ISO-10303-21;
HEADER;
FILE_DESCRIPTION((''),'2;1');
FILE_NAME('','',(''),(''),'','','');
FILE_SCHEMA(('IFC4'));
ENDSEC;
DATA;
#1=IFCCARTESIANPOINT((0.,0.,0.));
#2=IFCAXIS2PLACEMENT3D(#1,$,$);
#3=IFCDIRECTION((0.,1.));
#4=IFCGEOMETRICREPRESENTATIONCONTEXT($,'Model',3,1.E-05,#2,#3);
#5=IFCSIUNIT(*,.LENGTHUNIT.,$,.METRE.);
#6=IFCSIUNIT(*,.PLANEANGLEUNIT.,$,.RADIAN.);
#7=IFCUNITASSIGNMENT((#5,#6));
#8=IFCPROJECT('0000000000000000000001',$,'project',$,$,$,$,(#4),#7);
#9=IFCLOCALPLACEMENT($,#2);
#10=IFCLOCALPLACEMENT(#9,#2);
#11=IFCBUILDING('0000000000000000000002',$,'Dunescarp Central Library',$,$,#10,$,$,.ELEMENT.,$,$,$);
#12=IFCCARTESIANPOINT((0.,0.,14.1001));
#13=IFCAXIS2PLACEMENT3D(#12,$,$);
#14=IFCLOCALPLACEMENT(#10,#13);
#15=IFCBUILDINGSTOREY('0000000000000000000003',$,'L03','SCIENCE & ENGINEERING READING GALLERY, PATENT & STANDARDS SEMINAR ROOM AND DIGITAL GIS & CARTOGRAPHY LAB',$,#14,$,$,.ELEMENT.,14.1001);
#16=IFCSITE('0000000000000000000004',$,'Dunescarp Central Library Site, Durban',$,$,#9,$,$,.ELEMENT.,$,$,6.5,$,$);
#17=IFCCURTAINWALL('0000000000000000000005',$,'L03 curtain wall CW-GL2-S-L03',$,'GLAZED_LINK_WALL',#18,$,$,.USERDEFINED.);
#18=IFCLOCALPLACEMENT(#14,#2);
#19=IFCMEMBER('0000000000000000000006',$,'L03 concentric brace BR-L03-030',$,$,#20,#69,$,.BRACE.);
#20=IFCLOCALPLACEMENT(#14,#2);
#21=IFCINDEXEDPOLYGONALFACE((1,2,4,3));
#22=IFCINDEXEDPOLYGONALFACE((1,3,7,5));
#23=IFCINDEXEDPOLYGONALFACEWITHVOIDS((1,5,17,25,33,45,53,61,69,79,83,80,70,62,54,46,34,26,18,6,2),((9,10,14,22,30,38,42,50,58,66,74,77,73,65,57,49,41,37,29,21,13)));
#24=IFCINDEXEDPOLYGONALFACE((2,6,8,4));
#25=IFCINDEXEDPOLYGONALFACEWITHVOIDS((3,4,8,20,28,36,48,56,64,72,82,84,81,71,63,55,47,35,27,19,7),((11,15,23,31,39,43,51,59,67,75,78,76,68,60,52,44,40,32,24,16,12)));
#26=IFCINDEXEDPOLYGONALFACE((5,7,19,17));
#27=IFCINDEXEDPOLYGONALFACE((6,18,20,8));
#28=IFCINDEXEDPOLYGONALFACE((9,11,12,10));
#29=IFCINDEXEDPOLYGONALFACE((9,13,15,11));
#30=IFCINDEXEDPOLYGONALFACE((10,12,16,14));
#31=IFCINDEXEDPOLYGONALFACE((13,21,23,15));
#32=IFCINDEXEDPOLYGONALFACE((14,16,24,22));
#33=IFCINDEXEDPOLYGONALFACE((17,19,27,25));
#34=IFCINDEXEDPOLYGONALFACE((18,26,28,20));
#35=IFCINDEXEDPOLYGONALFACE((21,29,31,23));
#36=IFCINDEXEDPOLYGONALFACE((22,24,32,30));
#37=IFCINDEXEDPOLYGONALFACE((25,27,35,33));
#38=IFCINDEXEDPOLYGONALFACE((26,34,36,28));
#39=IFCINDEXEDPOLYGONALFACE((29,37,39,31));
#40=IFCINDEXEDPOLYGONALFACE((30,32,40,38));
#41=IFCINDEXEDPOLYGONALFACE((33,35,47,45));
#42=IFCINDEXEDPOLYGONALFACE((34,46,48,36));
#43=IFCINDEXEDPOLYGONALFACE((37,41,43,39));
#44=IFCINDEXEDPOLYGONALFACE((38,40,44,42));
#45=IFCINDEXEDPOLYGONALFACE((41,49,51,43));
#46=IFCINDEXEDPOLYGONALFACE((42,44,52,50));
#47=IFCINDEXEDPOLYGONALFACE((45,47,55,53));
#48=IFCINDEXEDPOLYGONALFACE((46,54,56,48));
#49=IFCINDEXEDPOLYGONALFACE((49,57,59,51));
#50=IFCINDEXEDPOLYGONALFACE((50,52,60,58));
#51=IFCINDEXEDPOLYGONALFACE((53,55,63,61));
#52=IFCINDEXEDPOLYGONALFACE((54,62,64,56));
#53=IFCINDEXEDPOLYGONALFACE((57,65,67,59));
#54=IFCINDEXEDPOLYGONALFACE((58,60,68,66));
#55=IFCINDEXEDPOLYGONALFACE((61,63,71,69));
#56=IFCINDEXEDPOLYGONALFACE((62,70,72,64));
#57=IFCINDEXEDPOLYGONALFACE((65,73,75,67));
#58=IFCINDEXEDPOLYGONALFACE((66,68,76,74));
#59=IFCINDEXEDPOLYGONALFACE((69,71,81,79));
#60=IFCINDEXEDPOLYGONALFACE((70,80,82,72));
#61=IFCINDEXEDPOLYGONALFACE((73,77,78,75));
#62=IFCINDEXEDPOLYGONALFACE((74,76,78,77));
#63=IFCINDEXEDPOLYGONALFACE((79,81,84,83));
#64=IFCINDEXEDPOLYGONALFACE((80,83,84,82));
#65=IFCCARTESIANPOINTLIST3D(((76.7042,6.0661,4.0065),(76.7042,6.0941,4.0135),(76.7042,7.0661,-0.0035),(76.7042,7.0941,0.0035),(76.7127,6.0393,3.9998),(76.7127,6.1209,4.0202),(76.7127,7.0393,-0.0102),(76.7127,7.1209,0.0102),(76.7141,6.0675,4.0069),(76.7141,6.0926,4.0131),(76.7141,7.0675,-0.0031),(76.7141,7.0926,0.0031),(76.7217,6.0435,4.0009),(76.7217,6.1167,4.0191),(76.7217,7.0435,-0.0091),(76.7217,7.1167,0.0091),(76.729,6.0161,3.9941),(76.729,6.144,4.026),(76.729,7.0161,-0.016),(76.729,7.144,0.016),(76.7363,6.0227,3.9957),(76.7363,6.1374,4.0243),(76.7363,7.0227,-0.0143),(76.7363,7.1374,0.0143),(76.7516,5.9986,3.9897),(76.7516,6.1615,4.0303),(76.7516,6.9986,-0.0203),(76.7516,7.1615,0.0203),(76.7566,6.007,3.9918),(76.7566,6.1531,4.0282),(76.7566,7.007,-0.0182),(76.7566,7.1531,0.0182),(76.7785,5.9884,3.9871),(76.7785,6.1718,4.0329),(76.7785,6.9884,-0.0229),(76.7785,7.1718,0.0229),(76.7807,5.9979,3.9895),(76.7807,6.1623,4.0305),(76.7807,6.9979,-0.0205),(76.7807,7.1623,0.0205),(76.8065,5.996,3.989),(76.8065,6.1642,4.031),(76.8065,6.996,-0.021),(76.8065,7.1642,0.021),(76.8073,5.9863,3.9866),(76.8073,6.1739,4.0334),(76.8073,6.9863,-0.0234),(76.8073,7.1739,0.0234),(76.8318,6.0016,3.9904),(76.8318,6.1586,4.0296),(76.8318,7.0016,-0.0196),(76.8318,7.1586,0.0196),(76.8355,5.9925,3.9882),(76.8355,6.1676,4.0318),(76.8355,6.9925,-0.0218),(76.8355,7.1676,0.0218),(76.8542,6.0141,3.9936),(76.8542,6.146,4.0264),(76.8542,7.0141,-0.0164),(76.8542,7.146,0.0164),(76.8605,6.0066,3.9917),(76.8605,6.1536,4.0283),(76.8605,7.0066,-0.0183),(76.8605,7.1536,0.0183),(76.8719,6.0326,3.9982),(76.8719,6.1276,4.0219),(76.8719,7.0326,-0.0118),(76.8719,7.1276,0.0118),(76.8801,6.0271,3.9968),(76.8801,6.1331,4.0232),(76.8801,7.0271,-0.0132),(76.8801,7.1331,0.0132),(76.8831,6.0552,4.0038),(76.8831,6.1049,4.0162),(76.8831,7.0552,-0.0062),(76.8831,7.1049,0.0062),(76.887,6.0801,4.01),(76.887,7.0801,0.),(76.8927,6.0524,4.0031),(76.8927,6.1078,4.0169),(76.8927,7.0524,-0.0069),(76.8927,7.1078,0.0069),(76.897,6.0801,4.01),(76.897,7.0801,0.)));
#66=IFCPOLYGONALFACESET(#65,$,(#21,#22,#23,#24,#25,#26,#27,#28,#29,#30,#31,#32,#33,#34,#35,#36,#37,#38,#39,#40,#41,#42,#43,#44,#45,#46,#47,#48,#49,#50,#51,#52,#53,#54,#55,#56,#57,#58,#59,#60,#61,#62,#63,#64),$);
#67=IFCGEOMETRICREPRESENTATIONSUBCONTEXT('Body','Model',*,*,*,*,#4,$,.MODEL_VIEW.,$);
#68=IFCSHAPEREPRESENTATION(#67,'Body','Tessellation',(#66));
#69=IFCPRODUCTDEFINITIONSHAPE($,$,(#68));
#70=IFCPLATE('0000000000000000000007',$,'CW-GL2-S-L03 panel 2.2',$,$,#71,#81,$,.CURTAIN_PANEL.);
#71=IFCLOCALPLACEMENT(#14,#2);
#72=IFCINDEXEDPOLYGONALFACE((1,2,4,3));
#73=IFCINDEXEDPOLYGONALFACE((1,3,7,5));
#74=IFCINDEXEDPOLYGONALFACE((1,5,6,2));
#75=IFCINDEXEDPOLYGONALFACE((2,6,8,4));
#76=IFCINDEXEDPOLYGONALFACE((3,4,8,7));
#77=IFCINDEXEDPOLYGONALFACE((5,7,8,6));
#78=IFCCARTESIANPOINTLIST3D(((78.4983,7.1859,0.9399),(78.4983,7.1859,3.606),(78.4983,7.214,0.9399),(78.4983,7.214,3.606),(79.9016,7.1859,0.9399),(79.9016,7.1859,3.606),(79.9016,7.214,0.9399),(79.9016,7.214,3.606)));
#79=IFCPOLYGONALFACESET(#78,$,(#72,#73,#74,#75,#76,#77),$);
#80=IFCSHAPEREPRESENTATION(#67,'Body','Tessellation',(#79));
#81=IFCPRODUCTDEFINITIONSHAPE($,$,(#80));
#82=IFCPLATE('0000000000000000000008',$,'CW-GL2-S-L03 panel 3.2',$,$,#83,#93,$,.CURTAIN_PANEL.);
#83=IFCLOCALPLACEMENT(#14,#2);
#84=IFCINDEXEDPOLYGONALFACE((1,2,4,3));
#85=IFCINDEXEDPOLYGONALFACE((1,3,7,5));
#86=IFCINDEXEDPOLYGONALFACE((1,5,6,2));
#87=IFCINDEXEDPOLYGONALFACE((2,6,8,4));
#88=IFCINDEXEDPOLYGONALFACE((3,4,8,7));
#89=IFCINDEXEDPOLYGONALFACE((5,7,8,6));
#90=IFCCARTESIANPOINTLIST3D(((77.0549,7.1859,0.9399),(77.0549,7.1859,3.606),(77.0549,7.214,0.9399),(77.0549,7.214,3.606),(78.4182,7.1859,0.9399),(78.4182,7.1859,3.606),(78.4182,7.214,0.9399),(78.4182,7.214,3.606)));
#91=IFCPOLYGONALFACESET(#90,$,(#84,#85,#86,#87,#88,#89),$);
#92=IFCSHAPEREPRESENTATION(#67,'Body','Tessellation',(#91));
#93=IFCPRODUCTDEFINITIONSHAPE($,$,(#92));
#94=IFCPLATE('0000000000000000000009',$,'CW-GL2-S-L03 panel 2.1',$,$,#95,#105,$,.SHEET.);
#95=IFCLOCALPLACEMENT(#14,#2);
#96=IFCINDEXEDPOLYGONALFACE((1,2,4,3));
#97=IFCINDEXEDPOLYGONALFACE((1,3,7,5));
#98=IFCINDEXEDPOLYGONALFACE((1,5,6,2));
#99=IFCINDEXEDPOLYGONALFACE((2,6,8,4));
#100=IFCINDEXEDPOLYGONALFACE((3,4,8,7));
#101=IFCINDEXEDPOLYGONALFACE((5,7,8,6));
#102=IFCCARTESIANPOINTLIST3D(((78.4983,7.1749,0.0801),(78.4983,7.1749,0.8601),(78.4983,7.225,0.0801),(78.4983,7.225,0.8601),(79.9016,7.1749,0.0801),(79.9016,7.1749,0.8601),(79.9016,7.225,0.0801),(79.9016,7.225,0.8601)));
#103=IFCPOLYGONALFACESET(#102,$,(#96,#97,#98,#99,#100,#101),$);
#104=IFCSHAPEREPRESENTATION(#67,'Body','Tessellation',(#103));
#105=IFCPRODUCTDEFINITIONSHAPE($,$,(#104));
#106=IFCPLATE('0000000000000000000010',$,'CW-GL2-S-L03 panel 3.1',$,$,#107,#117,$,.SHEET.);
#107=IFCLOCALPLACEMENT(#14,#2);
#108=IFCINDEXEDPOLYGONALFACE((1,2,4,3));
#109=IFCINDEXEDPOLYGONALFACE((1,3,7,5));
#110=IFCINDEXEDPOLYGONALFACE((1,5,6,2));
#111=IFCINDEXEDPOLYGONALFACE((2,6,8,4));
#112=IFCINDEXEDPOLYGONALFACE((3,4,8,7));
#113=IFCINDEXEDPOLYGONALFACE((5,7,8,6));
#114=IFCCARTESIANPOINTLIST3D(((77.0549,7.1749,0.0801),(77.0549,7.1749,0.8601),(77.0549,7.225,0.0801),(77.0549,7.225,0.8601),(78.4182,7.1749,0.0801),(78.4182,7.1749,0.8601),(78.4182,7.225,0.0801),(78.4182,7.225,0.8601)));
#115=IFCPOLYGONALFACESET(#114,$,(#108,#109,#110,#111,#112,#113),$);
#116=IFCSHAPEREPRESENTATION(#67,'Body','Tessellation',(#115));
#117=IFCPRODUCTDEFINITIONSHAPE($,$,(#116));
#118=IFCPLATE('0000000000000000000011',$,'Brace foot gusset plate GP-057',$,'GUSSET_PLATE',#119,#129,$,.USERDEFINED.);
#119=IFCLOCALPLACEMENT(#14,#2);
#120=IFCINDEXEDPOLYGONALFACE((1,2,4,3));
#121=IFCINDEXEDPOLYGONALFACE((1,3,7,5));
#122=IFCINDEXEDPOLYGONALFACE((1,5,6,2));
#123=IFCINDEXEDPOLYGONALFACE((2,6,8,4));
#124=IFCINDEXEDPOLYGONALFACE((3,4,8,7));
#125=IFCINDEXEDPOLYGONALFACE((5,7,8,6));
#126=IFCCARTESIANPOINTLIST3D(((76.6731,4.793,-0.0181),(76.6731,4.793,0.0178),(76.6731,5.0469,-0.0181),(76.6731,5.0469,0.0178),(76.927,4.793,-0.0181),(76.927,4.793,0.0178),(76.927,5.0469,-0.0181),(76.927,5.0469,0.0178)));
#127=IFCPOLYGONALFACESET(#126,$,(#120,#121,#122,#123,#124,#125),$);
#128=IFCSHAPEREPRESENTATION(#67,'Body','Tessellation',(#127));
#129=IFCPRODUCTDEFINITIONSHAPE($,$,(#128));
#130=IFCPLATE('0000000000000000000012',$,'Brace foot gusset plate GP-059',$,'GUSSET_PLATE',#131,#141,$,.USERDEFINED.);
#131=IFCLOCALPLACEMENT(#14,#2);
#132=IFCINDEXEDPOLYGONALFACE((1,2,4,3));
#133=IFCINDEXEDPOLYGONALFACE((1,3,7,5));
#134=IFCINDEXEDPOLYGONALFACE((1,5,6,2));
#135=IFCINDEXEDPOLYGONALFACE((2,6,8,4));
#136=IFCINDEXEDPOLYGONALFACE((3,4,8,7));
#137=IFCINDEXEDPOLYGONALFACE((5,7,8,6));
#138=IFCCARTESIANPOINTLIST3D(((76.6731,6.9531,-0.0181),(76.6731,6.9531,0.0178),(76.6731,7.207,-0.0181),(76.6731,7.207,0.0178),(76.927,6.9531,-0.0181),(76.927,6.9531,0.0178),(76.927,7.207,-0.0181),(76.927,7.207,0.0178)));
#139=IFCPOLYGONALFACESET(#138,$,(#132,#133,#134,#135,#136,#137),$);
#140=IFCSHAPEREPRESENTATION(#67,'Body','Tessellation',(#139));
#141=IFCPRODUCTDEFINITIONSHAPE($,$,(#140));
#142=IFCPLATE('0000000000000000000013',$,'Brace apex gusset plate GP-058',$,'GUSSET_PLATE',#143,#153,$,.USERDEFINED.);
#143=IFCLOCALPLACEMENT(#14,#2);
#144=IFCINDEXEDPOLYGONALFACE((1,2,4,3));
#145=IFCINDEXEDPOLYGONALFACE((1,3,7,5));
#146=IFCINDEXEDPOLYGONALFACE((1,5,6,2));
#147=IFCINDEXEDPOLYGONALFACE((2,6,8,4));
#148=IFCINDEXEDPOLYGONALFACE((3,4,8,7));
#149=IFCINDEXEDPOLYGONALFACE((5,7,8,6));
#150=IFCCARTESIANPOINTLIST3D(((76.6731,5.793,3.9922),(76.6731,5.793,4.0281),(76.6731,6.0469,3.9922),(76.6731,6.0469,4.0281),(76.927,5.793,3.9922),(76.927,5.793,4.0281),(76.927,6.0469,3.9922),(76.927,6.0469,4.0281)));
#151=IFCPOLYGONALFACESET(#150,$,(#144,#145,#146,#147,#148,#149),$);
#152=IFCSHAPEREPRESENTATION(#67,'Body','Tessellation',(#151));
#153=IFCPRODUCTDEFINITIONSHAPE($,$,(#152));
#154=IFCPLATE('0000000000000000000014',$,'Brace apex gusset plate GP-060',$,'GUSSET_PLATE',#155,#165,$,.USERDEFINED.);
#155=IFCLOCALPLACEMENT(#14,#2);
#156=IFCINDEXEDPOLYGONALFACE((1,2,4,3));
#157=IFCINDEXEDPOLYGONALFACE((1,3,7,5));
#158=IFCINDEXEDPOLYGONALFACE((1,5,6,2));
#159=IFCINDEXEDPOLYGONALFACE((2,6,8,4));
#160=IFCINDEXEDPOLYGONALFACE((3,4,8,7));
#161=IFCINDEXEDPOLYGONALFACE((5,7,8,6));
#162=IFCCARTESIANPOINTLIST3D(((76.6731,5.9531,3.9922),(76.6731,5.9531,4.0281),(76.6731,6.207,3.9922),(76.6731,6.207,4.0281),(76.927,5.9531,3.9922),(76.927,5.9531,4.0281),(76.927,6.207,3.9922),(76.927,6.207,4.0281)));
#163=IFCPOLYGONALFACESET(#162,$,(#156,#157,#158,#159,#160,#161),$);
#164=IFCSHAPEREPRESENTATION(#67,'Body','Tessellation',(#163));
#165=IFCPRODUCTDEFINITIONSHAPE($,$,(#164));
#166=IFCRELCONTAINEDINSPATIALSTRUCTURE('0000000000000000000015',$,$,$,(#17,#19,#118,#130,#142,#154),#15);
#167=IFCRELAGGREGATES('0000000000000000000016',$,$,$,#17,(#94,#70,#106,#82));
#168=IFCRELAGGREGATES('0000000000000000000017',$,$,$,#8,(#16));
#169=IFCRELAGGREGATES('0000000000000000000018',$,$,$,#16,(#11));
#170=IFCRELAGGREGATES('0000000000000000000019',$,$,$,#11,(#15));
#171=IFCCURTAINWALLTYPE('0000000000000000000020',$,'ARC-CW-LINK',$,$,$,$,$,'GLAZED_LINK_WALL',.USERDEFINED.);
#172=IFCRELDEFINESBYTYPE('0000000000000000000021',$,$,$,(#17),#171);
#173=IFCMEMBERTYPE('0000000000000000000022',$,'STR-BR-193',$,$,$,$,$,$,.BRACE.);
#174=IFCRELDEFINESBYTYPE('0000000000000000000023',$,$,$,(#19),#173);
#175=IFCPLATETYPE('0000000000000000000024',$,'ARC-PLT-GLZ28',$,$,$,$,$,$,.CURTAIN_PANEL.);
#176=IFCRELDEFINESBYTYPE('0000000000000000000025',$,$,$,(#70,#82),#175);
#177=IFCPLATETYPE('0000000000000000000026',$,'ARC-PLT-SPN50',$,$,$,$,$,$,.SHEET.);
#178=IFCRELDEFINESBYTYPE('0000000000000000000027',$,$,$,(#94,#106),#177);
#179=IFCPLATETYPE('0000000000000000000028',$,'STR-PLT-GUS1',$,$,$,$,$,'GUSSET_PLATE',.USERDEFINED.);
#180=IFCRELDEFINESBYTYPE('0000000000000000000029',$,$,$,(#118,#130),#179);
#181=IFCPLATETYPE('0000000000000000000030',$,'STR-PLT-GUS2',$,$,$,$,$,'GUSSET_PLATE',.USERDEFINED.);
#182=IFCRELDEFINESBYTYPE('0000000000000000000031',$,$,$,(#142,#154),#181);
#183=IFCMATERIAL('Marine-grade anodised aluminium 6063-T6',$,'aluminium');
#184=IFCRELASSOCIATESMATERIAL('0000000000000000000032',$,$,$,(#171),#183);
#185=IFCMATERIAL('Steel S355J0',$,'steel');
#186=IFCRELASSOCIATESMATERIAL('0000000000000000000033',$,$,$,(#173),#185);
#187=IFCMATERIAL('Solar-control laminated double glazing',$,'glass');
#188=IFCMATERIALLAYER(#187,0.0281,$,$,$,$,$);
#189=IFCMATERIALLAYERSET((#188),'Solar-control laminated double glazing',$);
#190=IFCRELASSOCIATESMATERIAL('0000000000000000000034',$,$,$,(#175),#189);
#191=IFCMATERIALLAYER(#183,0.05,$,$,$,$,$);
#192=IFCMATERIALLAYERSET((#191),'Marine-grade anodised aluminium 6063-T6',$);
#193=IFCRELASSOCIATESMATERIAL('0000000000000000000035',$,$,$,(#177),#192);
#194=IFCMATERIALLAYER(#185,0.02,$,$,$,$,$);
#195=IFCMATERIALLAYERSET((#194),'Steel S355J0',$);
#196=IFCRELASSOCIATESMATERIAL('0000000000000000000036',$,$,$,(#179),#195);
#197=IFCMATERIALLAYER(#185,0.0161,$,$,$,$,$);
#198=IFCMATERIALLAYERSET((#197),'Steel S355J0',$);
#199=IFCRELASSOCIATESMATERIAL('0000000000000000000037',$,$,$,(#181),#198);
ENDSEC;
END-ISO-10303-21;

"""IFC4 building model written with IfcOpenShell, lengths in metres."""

from ifc_helpers import new_model, si_unit, direction, frame, origin, origin_2d, place, context, subcontext, project, spatial, rectangle, hollow_circle, extrude, material, layer, layer_set, material_profile, profile_set, type_object, element, aggregate, save


model = new_model("IFC4")

# Units and contexts
model_context = context("Model", 3, precision=1e-05, world=origin(), true_north=direction((0.0, 1.0)))
body_context = subcontext(model_context, "Body", "Model", "MODEL_VIEW")
ifc_project = project(units=[si_unit("LENGTHUNIT", "METRE"), si_unit("PLANEANGLEUNIT", "RADIAN")], contexts=[model_context])

# Site, building, storey
site_placement = place(None, origin())
site = spatial("IfcSite", under=ifc_project, at=site_placement, Name="Dunescarp Central Library Site, Durban", CompositionType="ELEMENT", RefElevation=6.5)
building_placement = place(site_placement, origin())
building = spatial("IfcBuilding", under=site, at=building_placement, Name="Dunescarp Central Library", CompositionType="ELEMENT")
storey_placement = place(building_placement, frame((0.0, 0.0, 14.1001)))
storey = spatial("IfcBuildingStorey", under=building, at=storey_placement, Name="L03", Description="SCIENCE & ENGINEERING READING GALLERY, PATENT & STANDARDS SEMINAR ROOM AND DIGITAL GIS & CARTOGRAPHY LAB", CompositionType="ELEMENT", Elevation=14.1001)

# Curtain wall
ifc_material_1 = material(Name="Marine-grade anodised aluminium 6063-T6", Category="aluminium")
curtain_wall_type = type_object("IfcCurtainWallType", Name="ARC-CW-LINK", ElementType="GLAZED_LINK_WALL", PredefinedType="USERDEFINED", material=ifc_material_1)
curtain_wall_placement = place(storey_placement, origin())
curtain_wall = element("IfcCurtainWall", 1, at=curtain_wall_placement, inside=storey, type_object=curtain_wall_type, Name="L03 curtain wall CW-GL2-S-L03", ObjectType="GLAZED_LINK_WALL", PredefinedType="USERDEFINED")

# Member
ifc_material_2 = material(Name="Steel S355J0", Category="steel")
ifc_material_profile_1 = material_profile(ifc_material_2, hollow_circle(Radius=0.0969, WallThickness=0.01, at=origin_2d()), Name="CHS 193.7x10")
ifc_profile_set_1 = profile_set([ifc_material_profile_1], Name="Steel S355J0")
member_type_1 = type_object("IfcMemberType", Name="STR-BR-193", PredefinedType="BRACE", material=ifc_profile_set_1)
member_1_placement = place(storey_placement, frame((76.8, 7.0801, 0.0), z_axis=(0.0, -0.241966, 0.970285), x_axis=(1.0, 0.0, 0.0)))
element("IfcMember", 2, at=member_1_placement, inside=storey, type_object=member_type_1, Name="L03 concentric brace BR-L03-030", PredefinedType="BRACE", context=body_context, shape_type="SweptSolid", body=[
    extrude(hollow_circle(Radius=0.0969, WallThickness=0.01, at=origin_2d()), origin(), (0.0, 0.0, 1.0), 4.1328),
])

# Plates
ifc_material_3 = material(Name="Solar-control laminated double glazing", Category="glass")
ifc_layer_1 = layer(ifc_material_3, 0.0281)
ifc_layer_set_1 = layer_set([ifc_layer_1], Name="Solar-control laminated double glazing")
plate_type_1 = type_object("IfcPlateType", Name="ARC-PLT-GLZ28", PredefinedType="CURTAIN_PANEL", material=ifc_layer_set_1)
plate_1_placement = place(storey_placement, frame((79.2, 7.2, 0.9399), z_axis=(0.0, 0.0, 1.0), x_axis=(-1.0, 0.0, 0.0)))
plate_1 = element("IfcPlate", 3, at=plate_1_placement, type_object=plate_type_1, Name="CW-GL2-S-L03 panel 2.2", PredefinedType="CURTAIN_PANEL", context=body_context, shape_type="SweptSolid", body=[
    extrude(rectangle(XDim=1.4033, YDim=0.0281, at=origin_2d()), origin(), (0.0, 0.0, 1.0), 2.666),
])
plate_2_placement = place(storey_placement, frame((77.7366, 7.2, 0.9399), z_axis=(0.0, 0.0, 1.0), x_axis=(-1.0, 0.0, 0.0)))
plate_2 = element("IfcPlate", 4, at=plate_2_placement, type_object=plate_type_1, Name="CW-GL2-S-L03 panel 3.2", PredefinedType="CURTAIN_PANEL", context=body_context, shape_type="SweptSolid", body=[
    extrude(rectangle(XDim=1.3633, YDim=0.0281, at=origin_2d()), origin(), (0.0, 0.0, 1.0), 2.666),
])
ifc_layer_2 = layer(ifc_material_1, 0.05)
ifc_layer_set_2 = layer_set([ifc_layer_2], Name="Marine-grade anodised aluminium 6063-T6")
plate_type_2 = type_object("IfcPlateType", Name="ARC-PLT-SPN50", PredefinedType="SHEET", material=ifc_layer_set_2)
plate_3_placement = place(storey_placement, frame((79.2, 7.2, 0.0801), z_axis=(0.0, 0.0, 1.0), x_axis=(-1.0, 0.0, 0.0)))
plate_3 = element("IfcPlate", 5, at=plate_3_placement, type_object=plate_type_2, Name="CW-GL2-S-L03 panel 2.1", PredefinedType="SHEET", context=body_context, shape_type="SweptSolid", body=[
    extrude(rectangle(XDim=1.4033, YDim=0.05, at=origin_2d()), origin(), (0.0, 0.0, 1.0), 0.78),
])
plate_4_placement = place(storey_placement, frame((77.7366, 7.2, 0.0801), z_axis=(0.0, 0.0, 1.0), x_axis=(-1.0, 0.0, 0.0)))
plate_4 = element("IfcPlate", 6, at=plate_4_placement, type_object=plate_type_2, Name="CW-GL2-S-L03 panel 3.1", PredefinedType="SHEET", context=body_context, shape_type="SweptSolid", body=[
    extrude(rectangle(XDim=1.3633, YDim=0.05, at=origin_2d()), origin(), (0.0, 0.0, 1.0), 0.78),
])
aggregate(curtain_wall, [plate_3, plate_1, plate_4, plate_2])

# Plates
ifc_layer_3 = layer(ifc_material_2, 0.02)
ifc_layer_set_3 = layer_set([ifc_layer_3], Name="Steel S355J0")
plate_type_3 = type_object("IfcPlateType", Name="STR-PLT-GUS1", ElementType="GUSSET_PLATE", PredefinedType="USERDEFINED", material=ifc_layer_set_3)
for number, where, z_axis, x_axis, name in (
    (7, (76.8, 4.9199, -0.0181), (0.0, 0.0, 1.0), (1.0, 0.0, 0.0), "Brace foot gusset plate GP-057"),
    (8, (76.8, 7.0801, -0.0181), (0.0, 0.0, 1.0), (1.0, 0.0, 0.0), "Brace foot gusset plate GP-059"),
):
    element("IfcPlate", number, at=place(storey_placement, frame(where, z_axis=z_axis, x_axis=x_axis)), inside=storey, type_object=plate_type_3, Name=name, ObjectType="GUSSET_PLATE", PredefinedType="USERDEFINED", context=body_context, shape_type="SweptSolid", body=[
        extrude(rectangle(XDim=0.2539, YDim=0.2539, at=origin_2d()), origin(), (0.0, 0.0, 1.0), 0.0359),
    ])
ifc_layer_4 = layer(ifc_material_2, 0.0161)
ifc_layer_set_4 = layer_set([ifc_layer_4], Name="Steel S355J0")
plate_type_4 = type_object("IfcPlateType", Name="STR-PLT-GUS2", ElementType="GUSSET_PLATE", PredefinedType="USERDEFINED", material=ifc_layer_set_4)
for number, where, z_axis, x_axis, name in (
    (9, (76.8, 5.9199, 3.9922), (0.0, 0.0, 1.0), (1.0, 0.0, 0.0), "Brace apex gusset plate GP-058"),
    (10, (76.8, 6.0801, 3.9922), (0.0, 0.0, 1.0), (1.0, 0.0, 0.0), "Brace apex gusset plate GP-060"),
):
    element("IfcPlate", number, at=place(storey_placement, frame(where, z_axis=z_axis, x_axis=x_axis)), inside=storey, type_object=plate_type_4, Name=name, ObjectType="GUSSET_PLATE", PredefinedType="USERDEFINED", context=body_context, shape_type="SweptSolid", body=[
        extrude(rectangle(XDim=0.2539, YDim=0.2539, at=origin_2d()), origin(), (0.0, 0.0, 1.0), 0.0359),
    ])

save(model, "model.ifc")
